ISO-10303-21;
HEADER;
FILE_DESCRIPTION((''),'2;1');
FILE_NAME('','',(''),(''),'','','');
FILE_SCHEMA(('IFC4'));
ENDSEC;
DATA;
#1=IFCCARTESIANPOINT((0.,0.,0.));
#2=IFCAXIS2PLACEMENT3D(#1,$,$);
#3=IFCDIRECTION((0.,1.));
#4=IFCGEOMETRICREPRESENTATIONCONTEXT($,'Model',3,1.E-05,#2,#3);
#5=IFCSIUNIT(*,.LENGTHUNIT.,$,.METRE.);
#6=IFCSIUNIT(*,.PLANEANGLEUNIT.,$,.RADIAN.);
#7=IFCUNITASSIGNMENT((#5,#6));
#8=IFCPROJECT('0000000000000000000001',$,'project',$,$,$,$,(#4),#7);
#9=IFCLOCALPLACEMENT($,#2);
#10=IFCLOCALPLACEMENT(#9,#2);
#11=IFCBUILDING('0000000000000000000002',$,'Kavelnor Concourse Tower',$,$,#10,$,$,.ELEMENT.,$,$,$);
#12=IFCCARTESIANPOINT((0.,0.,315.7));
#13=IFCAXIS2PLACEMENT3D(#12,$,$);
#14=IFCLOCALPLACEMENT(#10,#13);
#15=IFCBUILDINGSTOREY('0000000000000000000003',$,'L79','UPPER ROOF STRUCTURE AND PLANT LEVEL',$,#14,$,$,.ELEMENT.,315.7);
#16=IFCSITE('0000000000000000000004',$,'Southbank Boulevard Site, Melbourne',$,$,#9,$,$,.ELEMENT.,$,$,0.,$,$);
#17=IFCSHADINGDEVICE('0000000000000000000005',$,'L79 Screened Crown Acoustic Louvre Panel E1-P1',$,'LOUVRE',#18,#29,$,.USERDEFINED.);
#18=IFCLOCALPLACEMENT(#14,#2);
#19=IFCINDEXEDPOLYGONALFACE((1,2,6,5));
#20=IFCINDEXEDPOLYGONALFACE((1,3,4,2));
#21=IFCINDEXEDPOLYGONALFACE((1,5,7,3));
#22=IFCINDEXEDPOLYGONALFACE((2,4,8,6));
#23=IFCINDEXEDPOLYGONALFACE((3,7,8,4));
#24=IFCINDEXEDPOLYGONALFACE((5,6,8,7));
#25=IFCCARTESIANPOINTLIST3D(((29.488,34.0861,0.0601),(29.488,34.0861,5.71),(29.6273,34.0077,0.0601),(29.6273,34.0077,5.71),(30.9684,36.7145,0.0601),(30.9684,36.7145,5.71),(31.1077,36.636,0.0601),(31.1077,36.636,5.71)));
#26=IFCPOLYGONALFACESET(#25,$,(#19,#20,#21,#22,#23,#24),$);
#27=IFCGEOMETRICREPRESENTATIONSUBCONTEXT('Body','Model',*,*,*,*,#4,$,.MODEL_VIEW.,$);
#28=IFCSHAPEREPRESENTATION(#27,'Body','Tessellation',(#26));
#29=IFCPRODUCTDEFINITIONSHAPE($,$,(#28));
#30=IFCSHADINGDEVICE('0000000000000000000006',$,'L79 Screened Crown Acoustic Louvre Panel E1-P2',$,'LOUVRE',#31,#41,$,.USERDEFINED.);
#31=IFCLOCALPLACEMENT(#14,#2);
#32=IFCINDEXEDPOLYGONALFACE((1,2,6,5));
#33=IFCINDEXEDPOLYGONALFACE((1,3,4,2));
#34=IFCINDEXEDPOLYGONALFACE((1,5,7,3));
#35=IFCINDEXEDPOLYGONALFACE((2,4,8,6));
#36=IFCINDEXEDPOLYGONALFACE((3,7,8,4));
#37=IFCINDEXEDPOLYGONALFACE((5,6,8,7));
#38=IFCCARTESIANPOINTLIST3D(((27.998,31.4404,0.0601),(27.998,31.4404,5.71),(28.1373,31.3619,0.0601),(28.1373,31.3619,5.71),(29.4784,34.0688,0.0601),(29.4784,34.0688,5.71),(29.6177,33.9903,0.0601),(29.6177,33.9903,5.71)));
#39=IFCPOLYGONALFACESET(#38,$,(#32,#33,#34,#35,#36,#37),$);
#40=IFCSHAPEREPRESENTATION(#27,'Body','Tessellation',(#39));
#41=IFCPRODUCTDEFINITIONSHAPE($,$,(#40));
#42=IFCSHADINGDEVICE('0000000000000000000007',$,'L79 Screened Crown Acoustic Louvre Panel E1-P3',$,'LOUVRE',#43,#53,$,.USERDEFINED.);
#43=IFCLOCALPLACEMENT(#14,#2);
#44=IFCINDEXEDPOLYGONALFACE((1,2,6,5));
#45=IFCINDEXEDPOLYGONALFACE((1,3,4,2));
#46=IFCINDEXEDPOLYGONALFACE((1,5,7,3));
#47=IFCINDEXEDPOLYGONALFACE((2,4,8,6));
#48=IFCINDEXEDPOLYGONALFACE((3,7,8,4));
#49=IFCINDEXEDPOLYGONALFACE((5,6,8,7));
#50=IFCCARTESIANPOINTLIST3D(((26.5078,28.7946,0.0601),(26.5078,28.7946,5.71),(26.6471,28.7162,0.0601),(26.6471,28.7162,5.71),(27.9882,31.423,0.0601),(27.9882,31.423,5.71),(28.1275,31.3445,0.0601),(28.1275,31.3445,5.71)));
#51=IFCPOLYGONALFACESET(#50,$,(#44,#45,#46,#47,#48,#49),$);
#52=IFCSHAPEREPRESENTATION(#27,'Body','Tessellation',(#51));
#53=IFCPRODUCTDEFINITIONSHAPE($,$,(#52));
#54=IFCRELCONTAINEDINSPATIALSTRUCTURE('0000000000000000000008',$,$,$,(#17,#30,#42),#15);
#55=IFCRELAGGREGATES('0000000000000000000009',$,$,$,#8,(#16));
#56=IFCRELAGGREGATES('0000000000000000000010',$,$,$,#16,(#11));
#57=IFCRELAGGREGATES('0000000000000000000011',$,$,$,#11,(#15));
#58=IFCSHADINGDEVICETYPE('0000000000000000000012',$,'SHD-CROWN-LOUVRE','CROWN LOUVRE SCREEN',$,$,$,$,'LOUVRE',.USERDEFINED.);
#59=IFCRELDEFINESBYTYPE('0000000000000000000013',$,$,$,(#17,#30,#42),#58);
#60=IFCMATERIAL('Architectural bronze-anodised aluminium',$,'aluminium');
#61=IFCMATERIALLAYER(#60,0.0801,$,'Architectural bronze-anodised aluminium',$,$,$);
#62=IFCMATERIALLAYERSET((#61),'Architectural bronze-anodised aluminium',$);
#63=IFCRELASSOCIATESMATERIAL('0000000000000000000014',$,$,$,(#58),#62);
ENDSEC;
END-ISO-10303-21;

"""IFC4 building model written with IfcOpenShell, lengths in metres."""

from ifc_helpers import new_model, si_unit, direction, frame, origin, origin_2d, place, context, subcontext, project, spatial, rectangle, extrude, material, layer, layer_set, type_object, element, save


model = new_model("IFC4")

# Units and contexts
model_context = context("Model", 3, precision=1e-05, world=origin(), true_north=direction((0.0, 1.0)))
body_context = subcontext(model_context, "Body", "Model", "MODEL_VIEW")
ifc_project = project(units=[si_unit("LENGTHUNIT", "METRE"), si_unit("PLANEANGLEUNIT", "RADIAN")], contexts=[model_context])

# Site, building, storey
site_placement = place(None, origin())
site = spatial("IfcSite", under=ifc_project, at=site_placement, Name="Southbank Boulevard Site, Melbourne", CompositionType="ELEMENT", RefElevation=0.0)
building_placement = place(site_placement, origin())
building = spatial("IfcBuilding", under=site, at=building_placement, Name="Kavelnor Concourse Tower", CompositionType="ELEMENT")
storey_placement = place(building_placement, frame((0.0, 0.0, 315.7)))
storey = spatial("IfcBuildingStorey", under=building, at=storey_placement, Name="L79", Description="UPPER ROOF STRUCTURE AND PLANT LEVEL", CompositionType="ELEMENT", Elevation=315.7)

# Shading devices
ifc_material_1 = material(Name="Architectural bronze-anodised aluminium", Category="aluminium")
ifc_layer_1 = layer(ifc_material_1, 0.0801, Name="Architectural bronze-anodised aluminium")
ifc_layer_set_1 = layer_set([ifc_layer_1], Name="Architectural bronze-anodised aluminium")
shading_device_type = type_object("IfcShadingDeviceType", Name="SHD-CROWN-LOUVRE", Description="CROWN LOUVRE SCREEN", ElementType="LOUVRE", PredefinedType="USERDEFINED", material=ifc_layer_set_1)
for number, where, z_axis, x_axis, name in (
    (1, (30.2979, 35.3611, 0.0601), (0.0, 0.0, 1.0), (-0.490752, -0.871299, 0.0), "L79 Screened Crown Acoustic Louvre Panel E1-P1"),
    (2, (28.8079, 32.7153, 0.0601), (0.0, 0.0, 1.0), (-0.490752, -0.871299, 0.0), "L79 Screened Crown Acoustic Louvre Panel E1-P2"),
    (3, (27.3176, 30.0696, 0.0601), (0.0, 0.0, 1.0), (-0.490752, -0.871299, 0.0), "L79 Screened Crown Acoustic Louvre Panel E1-P3"),
):
    element("IfcShadingDevice", number, at=place(storey_placement, frame(where, z_axis=z_axis, x_axis=x_axis)), inside=storey, type_object=shading_device_type, Name=name, ObjectType="LOUVRE", PredefinedType="USERDEFINED", context=body_context, shape_type="SweptSolid", body=[
        extrude(rectangle(XDim=3.0166, YDim=0.1599, at=origin_2d()), origin(), (0.0, 0.0, 1.0), 5.6499),
    ])

save(model, "model.ifc")
